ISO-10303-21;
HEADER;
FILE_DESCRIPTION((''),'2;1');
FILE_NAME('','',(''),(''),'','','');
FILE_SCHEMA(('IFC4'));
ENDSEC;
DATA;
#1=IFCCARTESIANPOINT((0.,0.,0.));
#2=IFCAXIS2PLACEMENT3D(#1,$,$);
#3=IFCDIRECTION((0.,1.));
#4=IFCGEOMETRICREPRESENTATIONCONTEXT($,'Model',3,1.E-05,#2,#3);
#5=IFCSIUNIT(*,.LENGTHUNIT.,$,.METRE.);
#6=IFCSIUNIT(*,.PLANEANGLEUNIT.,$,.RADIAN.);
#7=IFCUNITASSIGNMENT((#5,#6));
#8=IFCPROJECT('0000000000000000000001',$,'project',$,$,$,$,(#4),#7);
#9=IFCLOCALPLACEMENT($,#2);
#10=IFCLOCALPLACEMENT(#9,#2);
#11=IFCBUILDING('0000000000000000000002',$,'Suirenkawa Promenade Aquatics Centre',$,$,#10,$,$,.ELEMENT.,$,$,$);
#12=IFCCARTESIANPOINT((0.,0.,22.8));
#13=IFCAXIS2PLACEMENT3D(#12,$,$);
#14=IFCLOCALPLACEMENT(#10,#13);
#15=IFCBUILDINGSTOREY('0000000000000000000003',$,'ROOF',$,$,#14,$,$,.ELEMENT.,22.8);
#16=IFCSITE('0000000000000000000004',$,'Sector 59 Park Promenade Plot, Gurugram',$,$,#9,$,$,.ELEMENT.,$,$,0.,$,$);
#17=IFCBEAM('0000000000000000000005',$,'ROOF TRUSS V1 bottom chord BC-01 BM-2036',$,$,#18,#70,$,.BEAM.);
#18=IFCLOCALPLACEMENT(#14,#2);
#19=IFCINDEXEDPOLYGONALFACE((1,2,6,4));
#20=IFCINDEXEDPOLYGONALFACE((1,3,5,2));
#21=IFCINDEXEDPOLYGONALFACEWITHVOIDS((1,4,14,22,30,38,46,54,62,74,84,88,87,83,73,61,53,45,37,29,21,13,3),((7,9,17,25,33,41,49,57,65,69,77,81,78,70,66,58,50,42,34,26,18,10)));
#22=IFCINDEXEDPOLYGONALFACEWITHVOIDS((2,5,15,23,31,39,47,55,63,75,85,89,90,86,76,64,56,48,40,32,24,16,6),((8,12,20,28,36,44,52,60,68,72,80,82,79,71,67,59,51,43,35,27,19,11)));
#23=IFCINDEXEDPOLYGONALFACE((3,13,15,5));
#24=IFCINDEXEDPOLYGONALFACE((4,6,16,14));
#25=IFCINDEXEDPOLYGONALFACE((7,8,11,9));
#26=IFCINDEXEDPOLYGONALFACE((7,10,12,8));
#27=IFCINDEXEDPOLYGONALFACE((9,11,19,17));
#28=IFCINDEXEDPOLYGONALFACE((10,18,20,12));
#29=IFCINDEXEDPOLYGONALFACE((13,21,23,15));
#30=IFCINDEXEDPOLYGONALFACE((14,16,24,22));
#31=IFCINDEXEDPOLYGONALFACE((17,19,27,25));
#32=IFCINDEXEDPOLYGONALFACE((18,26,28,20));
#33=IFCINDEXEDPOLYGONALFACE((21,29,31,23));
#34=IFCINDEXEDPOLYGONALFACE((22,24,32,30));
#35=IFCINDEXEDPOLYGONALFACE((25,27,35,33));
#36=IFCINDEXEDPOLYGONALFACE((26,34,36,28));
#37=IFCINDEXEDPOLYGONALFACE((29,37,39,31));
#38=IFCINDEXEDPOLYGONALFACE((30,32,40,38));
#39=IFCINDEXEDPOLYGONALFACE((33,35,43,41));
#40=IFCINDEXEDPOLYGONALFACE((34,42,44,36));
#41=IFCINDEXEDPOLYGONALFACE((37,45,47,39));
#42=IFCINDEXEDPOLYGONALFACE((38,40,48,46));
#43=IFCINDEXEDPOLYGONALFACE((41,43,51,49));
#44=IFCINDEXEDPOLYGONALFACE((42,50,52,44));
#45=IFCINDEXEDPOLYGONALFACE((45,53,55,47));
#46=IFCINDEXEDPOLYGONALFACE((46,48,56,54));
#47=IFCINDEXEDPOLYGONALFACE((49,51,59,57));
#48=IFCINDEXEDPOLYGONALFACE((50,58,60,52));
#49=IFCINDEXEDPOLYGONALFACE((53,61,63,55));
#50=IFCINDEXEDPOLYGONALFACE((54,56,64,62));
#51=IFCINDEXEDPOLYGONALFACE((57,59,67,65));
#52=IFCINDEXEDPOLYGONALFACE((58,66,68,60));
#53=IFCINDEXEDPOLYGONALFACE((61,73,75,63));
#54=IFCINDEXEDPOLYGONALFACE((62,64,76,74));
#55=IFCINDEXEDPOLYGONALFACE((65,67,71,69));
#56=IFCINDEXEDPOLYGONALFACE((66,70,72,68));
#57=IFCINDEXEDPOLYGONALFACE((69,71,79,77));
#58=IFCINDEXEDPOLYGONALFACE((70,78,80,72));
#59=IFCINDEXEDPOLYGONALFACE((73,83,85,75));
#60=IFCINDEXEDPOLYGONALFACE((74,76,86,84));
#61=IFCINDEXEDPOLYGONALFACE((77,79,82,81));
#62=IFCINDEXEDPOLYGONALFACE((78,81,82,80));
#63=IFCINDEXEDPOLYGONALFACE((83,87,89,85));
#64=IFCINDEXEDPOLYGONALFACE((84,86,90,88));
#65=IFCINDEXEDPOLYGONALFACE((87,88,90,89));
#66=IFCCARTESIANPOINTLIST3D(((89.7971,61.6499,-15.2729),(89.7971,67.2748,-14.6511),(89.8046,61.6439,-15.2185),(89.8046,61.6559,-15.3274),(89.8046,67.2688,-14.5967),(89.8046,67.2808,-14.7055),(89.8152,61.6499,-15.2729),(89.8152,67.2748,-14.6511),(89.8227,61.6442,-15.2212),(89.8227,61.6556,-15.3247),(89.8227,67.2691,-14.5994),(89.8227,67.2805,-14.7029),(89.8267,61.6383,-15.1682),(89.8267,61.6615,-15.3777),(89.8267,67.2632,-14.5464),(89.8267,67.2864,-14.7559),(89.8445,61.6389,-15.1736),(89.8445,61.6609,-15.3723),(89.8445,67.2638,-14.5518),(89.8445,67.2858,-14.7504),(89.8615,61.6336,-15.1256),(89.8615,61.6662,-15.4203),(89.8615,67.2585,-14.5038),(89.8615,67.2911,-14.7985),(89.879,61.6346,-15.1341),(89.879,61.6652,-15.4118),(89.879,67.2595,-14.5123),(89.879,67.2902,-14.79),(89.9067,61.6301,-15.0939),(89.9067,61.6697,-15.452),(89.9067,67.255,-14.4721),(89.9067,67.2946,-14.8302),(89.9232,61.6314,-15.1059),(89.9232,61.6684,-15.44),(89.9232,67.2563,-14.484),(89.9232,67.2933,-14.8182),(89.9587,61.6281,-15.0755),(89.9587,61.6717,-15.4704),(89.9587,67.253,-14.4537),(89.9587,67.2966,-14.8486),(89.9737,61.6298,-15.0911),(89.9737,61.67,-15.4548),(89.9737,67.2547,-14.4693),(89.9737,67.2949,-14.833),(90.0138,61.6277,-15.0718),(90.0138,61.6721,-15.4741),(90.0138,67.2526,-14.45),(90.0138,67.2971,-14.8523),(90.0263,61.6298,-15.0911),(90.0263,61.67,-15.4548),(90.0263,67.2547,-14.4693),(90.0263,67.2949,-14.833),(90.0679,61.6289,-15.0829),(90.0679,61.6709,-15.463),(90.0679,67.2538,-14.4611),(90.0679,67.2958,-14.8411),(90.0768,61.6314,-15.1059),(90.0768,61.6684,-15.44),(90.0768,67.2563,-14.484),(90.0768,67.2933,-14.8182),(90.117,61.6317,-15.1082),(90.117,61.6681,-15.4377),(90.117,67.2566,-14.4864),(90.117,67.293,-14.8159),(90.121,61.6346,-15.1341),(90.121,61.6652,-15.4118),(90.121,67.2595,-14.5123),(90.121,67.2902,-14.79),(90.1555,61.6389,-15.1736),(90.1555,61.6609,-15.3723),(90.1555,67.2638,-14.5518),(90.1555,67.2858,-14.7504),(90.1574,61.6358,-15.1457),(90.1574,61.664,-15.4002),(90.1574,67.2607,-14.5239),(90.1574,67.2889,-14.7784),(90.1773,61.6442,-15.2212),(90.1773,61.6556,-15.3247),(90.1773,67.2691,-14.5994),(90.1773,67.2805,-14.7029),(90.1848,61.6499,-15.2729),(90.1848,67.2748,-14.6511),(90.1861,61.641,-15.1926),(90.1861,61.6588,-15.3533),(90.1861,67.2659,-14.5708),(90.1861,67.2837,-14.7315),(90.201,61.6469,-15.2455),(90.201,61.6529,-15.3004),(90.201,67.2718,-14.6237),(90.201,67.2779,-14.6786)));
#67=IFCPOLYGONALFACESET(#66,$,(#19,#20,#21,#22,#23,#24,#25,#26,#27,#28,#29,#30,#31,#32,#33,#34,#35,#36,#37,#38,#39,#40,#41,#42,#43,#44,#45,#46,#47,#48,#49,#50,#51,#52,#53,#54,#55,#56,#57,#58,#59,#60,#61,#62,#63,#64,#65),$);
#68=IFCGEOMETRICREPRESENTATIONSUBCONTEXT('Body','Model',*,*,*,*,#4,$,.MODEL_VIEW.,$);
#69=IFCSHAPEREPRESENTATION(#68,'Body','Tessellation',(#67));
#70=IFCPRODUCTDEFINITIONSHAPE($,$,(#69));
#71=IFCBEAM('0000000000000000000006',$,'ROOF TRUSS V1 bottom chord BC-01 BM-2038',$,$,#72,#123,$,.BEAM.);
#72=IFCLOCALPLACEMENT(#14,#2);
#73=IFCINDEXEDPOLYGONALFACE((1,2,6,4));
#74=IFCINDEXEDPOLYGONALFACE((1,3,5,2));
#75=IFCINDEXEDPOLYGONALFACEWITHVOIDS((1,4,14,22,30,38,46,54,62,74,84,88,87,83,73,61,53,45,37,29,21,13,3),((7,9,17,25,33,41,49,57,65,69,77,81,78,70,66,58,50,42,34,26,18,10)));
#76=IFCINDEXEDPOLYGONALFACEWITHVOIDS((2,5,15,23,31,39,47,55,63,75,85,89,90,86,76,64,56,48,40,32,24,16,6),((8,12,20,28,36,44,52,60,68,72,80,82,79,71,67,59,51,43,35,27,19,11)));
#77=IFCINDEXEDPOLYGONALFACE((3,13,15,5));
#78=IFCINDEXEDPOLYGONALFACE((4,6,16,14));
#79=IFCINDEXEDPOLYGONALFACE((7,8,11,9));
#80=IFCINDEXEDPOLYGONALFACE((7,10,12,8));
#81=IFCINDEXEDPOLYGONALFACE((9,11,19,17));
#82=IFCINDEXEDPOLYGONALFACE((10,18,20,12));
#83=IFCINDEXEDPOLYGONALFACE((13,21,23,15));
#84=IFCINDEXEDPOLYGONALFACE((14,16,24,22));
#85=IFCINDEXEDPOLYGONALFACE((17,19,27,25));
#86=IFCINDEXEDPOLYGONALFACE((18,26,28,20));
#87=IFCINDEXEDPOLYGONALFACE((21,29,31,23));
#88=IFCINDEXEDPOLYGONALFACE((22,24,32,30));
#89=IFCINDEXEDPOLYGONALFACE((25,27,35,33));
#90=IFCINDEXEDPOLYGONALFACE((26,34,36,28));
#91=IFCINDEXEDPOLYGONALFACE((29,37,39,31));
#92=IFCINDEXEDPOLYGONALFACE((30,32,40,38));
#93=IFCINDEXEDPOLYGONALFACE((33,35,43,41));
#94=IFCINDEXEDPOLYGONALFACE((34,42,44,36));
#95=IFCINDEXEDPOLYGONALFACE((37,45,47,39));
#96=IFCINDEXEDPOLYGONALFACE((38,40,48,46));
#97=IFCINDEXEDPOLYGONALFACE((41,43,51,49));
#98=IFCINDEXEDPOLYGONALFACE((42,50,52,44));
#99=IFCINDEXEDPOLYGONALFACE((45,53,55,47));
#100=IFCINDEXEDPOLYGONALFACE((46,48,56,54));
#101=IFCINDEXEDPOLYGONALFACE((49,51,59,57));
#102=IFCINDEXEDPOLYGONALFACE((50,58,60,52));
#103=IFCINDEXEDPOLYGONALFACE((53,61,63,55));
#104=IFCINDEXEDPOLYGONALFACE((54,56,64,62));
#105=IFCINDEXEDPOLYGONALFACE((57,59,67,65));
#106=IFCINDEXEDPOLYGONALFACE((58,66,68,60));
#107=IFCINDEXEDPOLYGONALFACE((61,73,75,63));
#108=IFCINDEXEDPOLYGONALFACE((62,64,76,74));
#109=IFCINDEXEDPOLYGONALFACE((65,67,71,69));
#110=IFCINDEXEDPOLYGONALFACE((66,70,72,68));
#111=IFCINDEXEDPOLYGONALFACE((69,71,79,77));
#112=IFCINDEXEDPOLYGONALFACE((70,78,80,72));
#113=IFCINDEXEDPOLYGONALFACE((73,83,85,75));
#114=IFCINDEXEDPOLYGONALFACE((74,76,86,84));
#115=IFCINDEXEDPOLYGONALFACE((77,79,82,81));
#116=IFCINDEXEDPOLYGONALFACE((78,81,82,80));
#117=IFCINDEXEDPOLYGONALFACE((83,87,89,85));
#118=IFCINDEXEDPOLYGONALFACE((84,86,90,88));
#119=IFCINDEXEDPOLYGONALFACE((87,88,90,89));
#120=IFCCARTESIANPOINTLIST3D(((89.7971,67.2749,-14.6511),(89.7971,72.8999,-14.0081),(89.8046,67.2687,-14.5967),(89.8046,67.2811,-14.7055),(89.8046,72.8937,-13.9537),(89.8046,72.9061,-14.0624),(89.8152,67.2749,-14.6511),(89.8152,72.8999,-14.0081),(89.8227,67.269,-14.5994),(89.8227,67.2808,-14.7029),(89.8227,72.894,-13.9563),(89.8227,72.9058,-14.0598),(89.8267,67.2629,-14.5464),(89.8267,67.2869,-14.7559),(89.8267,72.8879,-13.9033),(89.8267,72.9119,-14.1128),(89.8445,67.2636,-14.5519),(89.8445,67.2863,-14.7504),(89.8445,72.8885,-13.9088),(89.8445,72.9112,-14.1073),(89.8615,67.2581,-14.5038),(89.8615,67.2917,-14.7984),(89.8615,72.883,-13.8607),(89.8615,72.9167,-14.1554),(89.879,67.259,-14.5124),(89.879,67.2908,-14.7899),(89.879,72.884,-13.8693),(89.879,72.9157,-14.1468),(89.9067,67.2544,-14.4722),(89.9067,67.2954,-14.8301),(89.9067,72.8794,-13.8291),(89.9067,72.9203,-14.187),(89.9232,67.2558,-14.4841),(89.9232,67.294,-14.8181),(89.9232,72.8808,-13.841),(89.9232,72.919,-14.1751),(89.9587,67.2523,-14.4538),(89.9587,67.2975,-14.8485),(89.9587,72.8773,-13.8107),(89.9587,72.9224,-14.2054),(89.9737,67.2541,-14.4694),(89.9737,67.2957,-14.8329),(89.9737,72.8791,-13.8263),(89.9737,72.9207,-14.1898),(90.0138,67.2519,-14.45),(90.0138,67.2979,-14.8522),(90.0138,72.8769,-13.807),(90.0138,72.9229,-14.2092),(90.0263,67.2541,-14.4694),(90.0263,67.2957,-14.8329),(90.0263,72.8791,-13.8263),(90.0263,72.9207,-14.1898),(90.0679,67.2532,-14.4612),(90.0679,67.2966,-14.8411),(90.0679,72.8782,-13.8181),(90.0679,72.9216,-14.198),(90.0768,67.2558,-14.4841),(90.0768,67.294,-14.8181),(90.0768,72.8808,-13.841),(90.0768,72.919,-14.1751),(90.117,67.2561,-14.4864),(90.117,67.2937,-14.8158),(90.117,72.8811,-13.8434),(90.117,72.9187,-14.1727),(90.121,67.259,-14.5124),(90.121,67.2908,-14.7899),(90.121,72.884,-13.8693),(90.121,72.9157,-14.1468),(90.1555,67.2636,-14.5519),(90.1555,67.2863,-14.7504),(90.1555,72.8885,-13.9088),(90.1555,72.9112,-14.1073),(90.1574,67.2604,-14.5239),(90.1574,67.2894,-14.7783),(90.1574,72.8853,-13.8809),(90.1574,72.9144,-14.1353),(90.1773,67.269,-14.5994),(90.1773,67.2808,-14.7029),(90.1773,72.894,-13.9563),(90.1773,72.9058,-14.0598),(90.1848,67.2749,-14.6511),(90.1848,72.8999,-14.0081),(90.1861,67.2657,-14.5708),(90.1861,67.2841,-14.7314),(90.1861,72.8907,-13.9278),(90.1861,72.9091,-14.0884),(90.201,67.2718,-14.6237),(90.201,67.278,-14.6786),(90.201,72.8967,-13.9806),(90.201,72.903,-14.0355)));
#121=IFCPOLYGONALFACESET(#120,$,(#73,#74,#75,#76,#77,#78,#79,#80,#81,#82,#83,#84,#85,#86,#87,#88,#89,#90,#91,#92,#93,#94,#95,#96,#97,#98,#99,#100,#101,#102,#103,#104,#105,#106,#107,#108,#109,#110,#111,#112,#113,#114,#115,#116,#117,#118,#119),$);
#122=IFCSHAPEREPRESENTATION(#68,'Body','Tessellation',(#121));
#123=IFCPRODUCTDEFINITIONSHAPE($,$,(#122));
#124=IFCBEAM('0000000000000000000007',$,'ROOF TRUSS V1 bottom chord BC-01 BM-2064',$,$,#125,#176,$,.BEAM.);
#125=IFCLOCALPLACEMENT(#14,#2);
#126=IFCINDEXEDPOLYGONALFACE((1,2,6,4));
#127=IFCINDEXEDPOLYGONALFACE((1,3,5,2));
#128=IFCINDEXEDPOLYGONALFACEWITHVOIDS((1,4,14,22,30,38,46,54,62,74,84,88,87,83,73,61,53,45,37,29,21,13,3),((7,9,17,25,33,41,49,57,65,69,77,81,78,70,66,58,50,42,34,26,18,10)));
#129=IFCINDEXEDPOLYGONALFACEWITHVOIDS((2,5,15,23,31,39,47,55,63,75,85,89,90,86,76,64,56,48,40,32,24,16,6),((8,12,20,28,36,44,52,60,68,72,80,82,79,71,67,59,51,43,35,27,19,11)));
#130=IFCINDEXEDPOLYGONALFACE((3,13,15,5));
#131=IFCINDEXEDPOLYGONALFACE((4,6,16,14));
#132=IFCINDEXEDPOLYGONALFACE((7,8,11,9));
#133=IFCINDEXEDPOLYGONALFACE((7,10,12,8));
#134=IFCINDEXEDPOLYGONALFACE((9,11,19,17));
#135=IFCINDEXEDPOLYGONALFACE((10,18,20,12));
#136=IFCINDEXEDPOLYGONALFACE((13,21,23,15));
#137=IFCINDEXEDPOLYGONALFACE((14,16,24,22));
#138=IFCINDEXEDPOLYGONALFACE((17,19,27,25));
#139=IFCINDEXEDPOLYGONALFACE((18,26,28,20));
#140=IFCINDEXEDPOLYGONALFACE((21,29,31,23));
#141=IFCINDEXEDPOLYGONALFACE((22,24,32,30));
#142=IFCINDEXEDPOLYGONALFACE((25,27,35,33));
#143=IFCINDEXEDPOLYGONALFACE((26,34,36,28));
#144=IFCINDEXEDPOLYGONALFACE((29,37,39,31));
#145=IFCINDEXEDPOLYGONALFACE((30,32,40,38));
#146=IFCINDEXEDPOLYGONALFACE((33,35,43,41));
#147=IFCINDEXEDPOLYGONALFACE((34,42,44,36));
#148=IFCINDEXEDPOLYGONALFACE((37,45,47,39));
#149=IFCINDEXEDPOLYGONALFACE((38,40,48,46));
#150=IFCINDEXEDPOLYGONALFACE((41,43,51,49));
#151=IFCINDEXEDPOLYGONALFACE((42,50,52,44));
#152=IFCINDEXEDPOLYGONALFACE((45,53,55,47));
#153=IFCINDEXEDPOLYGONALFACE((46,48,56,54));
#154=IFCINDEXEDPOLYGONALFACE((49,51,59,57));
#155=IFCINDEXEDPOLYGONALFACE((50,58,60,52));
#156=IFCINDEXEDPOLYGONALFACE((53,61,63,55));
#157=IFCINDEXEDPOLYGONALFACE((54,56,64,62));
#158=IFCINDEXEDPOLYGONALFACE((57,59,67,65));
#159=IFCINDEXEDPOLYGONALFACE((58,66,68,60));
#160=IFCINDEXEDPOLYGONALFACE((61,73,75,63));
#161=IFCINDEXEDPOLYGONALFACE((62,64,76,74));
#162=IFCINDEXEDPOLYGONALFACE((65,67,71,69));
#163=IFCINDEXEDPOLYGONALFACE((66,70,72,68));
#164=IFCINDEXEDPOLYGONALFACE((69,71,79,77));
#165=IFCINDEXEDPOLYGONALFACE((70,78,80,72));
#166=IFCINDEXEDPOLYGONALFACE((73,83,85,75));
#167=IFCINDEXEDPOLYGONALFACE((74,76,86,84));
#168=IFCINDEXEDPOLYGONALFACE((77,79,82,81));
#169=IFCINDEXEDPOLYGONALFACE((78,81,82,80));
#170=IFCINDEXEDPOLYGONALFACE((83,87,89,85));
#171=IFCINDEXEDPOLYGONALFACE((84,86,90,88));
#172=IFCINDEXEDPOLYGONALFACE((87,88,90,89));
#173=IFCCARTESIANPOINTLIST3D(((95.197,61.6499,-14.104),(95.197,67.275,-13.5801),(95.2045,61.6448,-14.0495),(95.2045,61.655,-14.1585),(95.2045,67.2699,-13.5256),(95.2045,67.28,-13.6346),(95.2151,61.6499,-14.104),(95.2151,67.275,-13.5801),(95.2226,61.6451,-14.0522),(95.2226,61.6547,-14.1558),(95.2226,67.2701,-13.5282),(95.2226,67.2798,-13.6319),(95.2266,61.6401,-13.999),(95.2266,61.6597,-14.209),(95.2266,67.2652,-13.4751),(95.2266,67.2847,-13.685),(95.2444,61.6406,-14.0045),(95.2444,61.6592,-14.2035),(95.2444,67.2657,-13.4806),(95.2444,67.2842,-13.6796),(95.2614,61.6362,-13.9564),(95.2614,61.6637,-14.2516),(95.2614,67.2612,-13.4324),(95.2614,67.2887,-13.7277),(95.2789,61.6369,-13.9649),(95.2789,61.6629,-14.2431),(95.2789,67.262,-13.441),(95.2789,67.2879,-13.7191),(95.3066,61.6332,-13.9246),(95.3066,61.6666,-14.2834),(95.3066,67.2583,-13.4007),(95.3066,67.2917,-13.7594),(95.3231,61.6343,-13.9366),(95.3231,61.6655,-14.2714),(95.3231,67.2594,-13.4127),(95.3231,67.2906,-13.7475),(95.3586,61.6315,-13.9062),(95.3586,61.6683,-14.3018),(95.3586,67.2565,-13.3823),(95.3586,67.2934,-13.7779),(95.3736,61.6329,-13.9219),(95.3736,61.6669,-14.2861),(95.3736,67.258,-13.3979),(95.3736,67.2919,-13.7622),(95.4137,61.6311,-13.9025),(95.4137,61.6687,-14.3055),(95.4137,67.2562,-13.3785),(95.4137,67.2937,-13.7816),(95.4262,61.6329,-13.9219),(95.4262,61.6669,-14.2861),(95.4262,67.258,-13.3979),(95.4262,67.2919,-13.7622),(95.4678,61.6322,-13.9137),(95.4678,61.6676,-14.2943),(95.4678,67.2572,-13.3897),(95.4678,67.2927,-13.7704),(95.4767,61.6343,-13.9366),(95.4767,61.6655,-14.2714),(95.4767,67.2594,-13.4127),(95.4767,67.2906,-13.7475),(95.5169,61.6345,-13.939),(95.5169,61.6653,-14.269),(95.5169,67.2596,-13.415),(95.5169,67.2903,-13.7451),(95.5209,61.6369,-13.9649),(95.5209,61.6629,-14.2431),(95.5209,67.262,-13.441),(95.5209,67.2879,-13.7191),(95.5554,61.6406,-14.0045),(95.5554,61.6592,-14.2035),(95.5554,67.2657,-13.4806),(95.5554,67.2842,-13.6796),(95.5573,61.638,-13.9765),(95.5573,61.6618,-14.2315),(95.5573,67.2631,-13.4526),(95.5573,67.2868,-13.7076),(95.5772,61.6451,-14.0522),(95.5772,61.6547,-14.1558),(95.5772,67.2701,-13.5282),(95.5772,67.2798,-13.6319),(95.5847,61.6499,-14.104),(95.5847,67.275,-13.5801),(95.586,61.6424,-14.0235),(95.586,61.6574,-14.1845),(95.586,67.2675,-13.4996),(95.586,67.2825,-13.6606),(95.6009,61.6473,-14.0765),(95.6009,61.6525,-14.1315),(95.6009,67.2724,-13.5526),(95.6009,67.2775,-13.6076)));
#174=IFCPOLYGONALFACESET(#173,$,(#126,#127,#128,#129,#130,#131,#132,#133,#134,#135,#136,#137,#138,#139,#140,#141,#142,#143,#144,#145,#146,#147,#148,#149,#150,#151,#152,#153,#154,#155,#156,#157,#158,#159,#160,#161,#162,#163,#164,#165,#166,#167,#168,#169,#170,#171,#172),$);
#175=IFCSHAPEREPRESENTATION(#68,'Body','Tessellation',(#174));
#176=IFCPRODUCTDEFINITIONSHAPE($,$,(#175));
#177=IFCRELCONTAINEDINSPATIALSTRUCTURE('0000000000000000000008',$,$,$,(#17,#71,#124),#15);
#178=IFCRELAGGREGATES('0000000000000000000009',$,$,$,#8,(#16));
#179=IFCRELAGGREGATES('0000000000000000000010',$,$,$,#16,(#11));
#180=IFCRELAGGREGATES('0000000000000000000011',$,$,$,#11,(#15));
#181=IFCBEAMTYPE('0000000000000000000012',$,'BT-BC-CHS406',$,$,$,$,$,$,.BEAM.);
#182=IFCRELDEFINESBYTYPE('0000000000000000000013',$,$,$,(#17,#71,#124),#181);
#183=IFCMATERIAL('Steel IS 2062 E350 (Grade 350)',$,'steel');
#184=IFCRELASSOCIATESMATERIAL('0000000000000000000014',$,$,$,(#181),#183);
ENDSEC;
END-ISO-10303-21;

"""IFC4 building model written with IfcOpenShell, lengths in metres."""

from ifc_helpers import new_model, si_unit, direction, frame, origin, origin_2d, place, context, subcontext, project, spatial, hollow_circle, extrude, material, material_profile, profile_set, type_object, element, save


model = new_model("IFC4")

# Units and contexts
model_context = context("Model", 3, precision=1e-05, world=origin(), true_north=direction((0.0, 1.0)))
body_context = subcontext(model_context, "Body", "Model", "MODEL_VIEW")
ifc_project = project(units=[si_unit("LENGTHUNIT", "METRE"), si_unit("PLANEANGLEUNIT", "RADIAN")], contexts=[model_context])

# Site, building, storey
site_placement = place(None, origin())
site = spatial("IfcSite", under=ifc_project, at=site_placement, Name="Sector 59 Park Promenade Plot, Gurugram", CompositionType="ELEMENT", RefElevation=0.0)
building_placement = place(site_placement, origin())
building = spatial("IfcBuilding", under=site, at=building_placement, Name="Suirenkawa Promenade Aquatics Centre", CompositionType="ELEMENT")
storey_placement = place(building_placement, frame((0.0, 0.0, 22.8)))
storey = spatial("IfcBuildingStorey", under=building, at=storey_placement, Name="ROOF", CompositionType="ELEMENT", Elevation=22.8)

# Beams
ifc_material = material(Name="Steel IS 2062 E350 (Grade 350)", Category="steel")
ifc_material_profile_1 = material_profile(ifc_material, hollow_circle(Radius=0.2029, WallThickness=0.0181, at=origin_2d()), Name="CHS 406x18", Category="steel")
ifc_profile_set_1 = profile_set([ifc_material_profile_1], Name="Steel IS 2062 E350 (Grade 350)")
beam_type_1 = type_object("IfcBeamType", Name="BT-BC-CHS406", PredefinedType="BEAM", material=ifc_profile_set_1)
beam_1_placement = place(storey_placement, frame((90.0, 61.6499, -15.2729), z_axis=(0.0, 0.993945, 0.109878), x_axis=(-1.0, 0.0, 0.0)))
element("IfcBeam", 1, at=beam_1_placement, inside=storey, type_object=beam_type_1, Name="ROOF TRUSS V1 bottom chord BC-01 BM-2036", PredefinedType="BEAM", context=body_context, shape_type="SweptSolid", body=[
    extrude(hollow_circle(Radius=0.2029, WallThickness=0.0181, at=origin_2d()), origin(), (0.0, 0.0, 1.0), 5.6592),
])
beam_2_placement = place(storey_placement, frame((90.0, 67.2749, -14.6511), z_axis=(0.0, 0.993529, 0.113583), x_axis=(-1.0, 0.0, 0.0)))
element("IfcBeam", 2, at=beam_2_placement, inside=storey, type_object=beam_type_1, Name="ROOF TRUSS V1 bottom chord BC-01 BM-2038", PredefinedType="BEAM", context=body_context, shape_type="SweptSolid", body=[
    extrude(hollow_circle(Radius=0.2029, WallThickness=0.0181, at=origin_2d()), origin(), (0.0, 0.0, 1.0), 5.6616),
])
beam_3_placement = place(storey_placement, frame((95.3999, 61.6499, -14.104), z_axis=(0.0, 0.99569, 0.092741), x_axis=(-1.0, 0.0, 0.0)))
element("IfcBeam", 3, at=beam_3_placement, inside=storey, type_object=beam_type_1, Name="ROOF TRUSS V1 bottom chord BC-01 BM-2064", PredefinedType="BEAM", context=body_context, shape_type="SweptSolid", body=[
    extrude(hollow_circle(Radius=0.2029, WallThickness=0.0181, at=origin_2d()), origin(), (0.0, 0.0, 1.0), 5.6494),
])

save(model, "model.ifc")
